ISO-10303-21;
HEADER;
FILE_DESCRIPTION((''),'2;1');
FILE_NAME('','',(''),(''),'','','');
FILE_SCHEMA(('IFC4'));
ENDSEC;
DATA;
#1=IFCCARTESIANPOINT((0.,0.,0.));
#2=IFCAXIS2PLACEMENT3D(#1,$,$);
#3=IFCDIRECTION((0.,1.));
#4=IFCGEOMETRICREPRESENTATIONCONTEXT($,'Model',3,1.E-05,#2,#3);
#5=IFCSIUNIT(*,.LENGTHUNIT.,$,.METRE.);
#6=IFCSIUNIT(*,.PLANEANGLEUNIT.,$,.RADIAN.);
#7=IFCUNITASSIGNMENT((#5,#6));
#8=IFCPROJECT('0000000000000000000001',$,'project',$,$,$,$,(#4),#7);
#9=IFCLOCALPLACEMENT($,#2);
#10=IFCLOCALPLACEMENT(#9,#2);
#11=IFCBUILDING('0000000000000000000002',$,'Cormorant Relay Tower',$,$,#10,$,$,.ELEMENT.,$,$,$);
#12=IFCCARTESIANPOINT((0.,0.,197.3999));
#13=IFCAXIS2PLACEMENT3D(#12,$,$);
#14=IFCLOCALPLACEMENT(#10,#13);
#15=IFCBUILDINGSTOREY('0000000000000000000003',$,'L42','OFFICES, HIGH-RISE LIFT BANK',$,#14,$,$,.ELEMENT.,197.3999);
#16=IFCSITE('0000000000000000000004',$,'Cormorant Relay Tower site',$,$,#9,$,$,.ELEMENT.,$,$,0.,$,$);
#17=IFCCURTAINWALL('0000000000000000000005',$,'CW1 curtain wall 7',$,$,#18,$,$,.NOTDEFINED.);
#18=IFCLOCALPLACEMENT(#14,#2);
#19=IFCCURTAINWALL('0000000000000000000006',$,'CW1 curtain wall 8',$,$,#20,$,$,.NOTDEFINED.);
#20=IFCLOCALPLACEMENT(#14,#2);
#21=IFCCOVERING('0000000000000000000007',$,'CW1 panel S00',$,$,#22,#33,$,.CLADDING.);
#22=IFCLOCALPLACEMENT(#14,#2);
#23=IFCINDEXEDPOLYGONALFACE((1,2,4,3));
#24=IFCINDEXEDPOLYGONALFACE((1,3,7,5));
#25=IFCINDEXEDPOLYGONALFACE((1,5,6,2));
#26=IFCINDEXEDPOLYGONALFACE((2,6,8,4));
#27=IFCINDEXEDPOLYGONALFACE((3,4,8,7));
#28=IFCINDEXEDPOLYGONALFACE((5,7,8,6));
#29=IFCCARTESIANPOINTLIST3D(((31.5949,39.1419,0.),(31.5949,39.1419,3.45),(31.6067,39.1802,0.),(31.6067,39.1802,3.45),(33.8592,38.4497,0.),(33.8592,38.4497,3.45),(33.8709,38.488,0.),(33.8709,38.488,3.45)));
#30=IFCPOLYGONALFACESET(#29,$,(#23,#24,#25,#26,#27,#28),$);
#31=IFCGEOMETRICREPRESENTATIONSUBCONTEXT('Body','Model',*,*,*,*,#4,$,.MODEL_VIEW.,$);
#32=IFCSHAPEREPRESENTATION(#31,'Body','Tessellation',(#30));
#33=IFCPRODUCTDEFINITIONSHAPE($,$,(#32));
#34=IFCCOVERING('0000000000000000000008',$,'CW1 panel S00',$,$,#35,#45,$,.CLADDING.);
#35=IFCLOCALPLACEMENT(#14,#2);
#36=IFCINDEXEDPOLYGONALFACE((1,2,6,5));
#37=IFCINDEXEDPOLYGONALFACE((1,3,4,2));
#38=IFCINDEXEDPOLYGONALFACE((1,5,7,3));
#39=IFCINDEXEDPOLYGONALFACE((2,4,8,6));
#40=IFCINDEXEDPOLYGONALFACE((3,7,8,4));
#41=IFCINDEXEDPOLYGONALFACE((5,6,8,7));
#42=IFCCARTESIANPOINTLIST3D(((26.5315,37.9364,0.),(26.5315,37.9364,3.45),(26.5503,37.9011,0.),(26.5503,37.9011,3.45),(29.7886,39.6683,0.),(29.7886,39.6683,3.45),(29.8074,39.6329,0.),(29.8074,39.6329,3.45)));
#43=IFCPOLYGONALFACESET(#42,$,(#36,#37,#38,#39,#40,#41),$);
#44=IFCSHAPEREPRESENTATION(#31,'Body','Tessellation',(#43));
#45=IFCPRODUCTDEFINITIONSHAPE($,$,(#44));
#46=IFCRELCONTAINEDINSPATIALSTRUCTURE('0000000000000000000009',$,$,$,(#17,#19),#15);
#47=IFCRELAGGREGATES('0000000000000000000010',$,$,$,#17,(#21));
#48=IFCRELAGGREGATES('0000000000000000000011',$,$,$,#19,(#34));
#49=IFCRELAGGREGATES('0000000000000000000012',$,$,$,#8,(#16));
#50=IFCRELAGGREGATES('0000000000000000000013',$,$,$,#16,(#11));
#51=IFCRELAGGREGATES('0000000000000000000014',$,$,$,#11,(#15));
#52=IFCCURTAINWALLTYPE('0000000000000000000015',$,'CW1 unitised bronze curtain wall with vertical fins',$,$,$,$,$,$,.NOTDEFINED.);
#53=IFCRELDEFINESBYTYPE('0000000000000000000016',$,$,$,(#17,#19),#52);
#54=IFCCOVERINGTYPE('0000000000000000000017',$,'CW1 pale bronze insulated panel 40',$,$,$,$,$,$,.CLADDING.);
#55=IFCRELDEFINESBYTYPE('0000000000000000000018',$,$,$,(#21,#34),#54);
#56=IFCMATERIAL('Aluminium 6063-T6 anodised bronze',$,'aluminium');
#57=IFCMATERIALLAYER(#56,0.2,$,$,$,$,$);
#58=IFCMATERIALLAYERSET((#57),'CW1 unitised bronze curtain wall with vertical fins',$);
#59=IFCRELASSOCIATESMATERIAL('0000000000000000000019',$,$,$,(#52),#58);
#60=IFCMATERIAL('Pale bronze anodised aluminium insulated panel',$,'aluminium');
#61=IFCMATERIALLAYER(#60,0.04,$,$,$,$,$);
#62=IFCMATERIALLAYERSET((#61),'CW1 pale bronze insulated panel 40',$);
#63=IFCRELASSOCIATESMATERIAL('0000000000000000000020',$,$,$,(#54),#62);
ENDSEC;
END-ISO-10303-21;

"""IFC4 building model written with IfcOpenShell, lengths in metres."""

from ifc_helpers import new_model, si_unit, direction, frame, origin, origin_2d, place, context, subcontext, project, spatial, rectangle, extrude, material, layer, layer_set, type_object, element, aggregate, save


model = new_model("IFC4")

# Units and contexts
model_context = context("Model", 3, precision=1e-05, world=origin(), true_north=direction((0.0, 1.0)))
body_context = subcontext(model_context, "Body", "Model", "MODEL_VIEW")
ifc_project = project(units=[si_unit("LENGTHUNIT", "METRE"), si_unit("PLANEANGLEUNIT", "RADIAN")], contexts=[model_context])

# Site, building, storey
site_placement = place(None, origin())
site = spatial("IfcSite", under=ifc_project, at=site_placement, Name="Cormorant Relay Tower site", CompositionType="ELEMENT", RefElevation=0.0)
building_placement = place(site_placement, origin())
building = spatial("IfcBuilding", under=site, at=building_placement, Name="Cormorant Relay Tower", CompositionType="ELEMENT")
storey_placement = place(building_placement, frame((0.0, 0.0, 197.3999)))
storey = spatial("IfcBuildingStorey", under=building, at=storey_placement, Name="L42", Description="OFFICES, HIGH-RISE LIFT BANK", CompositionType="ELEMENT", Elevation=197.3999)

# Shared definitions
ifc_material_1 = material(Name="Aluminium 6063-T6 anodised bronze", Category="aluminium")
ifc_layer_1 = layer(ifc_material_1, 0.2)
ifc_layer_set_1 = layer_set([ifc_layer_1], Name="CW1 unitised bronze curtain wall with vertical fins")
curtain_wall_type = type_object("IfcCurtainWallType", Name="CW1 unitised bronze curtain wall with vertical fins", PredefinedType="NOTDEFINED", material=ifc_layer_set_1)

# Curtain walls
curtain_wall_1_placement = place(storey_placement, origin())
curtain_wall_1 = element("IfcCurtainWall", 1, at=curtain_wall_1_placement, inside=storey, type_object=curtain_wall_type, Name="CW1 curtain wall 7", PredefinedType="NOTDEFINED")
curtain_wall_2_placement = place(storey_placement, origin())
curtain_wall_2 = element("IfcCurtainWall", 2, at=curtain_wall_2_placement, inside=storey, type_object=curtain_wall_type, Name="CW1 curtain wall 8", PredefinedType="NOTDEFINED")

# Coverings
ifc_material_2 = material(Name="Pale bronze anodised aluminium insulated panel", Category="aluminium")
ifc_layer_2 = layer(ifc_material_2, 0.04)
ifc_layer_set_2 = layer_set([ifc_layer_2], Name="CW1 pale bronze insulated panel 40")
covering_type = type_object("IfcCoveringType", Name="CW1 pale bronze insulated panel 40", PredefinedType="CLADDING", material=ifc_layer_set_2)
covering_1_placement = place(storey_placement, frame((32.7329, 38.8149, 0.0), z_axis=(0.0, 0.0, 1.0), x_axis=(-0.956305, 0.292372, 0.0)))
covering_1 = element("IfcCovering", 3, at=covering_1_placement, type_object=covering_type, Name="CW1 panel S00", PredefinedType="CLADDING", context=body_context, shape_type="SweptSolid", body=[
    extrude(rectangle(XDim=2.3677, YDim=0.04, at=origin_2d()), origin(), (0.0, 0.0, 1.0), 3.45),
])
aggregate(curtain_wall_1, [covering_1])
covering_2_placement = place(storey_placement, frame((28.1694, 38.7847, 0.0), z_axis=(0.0, 0.0, 1.0), x_axis=(-0.882948, -0.469472, 0.0)))
covering_2 = element("IfcCovering", 4, at=covering_2_placement, type_object=covering_type, Name="CW1 panel S00", PredefinedType="CLADDING", context=body_context, shape_type="SweptSolid", body=[
    extrude(rectangle(XDim=3.689, YDim=0.04, at=origin_2d()), origin(), (0.0, 0.0, 1.0), 3.45),
])
aggregate(curtain_wall_2, [covering_2])

save(model, "model.ifc")
